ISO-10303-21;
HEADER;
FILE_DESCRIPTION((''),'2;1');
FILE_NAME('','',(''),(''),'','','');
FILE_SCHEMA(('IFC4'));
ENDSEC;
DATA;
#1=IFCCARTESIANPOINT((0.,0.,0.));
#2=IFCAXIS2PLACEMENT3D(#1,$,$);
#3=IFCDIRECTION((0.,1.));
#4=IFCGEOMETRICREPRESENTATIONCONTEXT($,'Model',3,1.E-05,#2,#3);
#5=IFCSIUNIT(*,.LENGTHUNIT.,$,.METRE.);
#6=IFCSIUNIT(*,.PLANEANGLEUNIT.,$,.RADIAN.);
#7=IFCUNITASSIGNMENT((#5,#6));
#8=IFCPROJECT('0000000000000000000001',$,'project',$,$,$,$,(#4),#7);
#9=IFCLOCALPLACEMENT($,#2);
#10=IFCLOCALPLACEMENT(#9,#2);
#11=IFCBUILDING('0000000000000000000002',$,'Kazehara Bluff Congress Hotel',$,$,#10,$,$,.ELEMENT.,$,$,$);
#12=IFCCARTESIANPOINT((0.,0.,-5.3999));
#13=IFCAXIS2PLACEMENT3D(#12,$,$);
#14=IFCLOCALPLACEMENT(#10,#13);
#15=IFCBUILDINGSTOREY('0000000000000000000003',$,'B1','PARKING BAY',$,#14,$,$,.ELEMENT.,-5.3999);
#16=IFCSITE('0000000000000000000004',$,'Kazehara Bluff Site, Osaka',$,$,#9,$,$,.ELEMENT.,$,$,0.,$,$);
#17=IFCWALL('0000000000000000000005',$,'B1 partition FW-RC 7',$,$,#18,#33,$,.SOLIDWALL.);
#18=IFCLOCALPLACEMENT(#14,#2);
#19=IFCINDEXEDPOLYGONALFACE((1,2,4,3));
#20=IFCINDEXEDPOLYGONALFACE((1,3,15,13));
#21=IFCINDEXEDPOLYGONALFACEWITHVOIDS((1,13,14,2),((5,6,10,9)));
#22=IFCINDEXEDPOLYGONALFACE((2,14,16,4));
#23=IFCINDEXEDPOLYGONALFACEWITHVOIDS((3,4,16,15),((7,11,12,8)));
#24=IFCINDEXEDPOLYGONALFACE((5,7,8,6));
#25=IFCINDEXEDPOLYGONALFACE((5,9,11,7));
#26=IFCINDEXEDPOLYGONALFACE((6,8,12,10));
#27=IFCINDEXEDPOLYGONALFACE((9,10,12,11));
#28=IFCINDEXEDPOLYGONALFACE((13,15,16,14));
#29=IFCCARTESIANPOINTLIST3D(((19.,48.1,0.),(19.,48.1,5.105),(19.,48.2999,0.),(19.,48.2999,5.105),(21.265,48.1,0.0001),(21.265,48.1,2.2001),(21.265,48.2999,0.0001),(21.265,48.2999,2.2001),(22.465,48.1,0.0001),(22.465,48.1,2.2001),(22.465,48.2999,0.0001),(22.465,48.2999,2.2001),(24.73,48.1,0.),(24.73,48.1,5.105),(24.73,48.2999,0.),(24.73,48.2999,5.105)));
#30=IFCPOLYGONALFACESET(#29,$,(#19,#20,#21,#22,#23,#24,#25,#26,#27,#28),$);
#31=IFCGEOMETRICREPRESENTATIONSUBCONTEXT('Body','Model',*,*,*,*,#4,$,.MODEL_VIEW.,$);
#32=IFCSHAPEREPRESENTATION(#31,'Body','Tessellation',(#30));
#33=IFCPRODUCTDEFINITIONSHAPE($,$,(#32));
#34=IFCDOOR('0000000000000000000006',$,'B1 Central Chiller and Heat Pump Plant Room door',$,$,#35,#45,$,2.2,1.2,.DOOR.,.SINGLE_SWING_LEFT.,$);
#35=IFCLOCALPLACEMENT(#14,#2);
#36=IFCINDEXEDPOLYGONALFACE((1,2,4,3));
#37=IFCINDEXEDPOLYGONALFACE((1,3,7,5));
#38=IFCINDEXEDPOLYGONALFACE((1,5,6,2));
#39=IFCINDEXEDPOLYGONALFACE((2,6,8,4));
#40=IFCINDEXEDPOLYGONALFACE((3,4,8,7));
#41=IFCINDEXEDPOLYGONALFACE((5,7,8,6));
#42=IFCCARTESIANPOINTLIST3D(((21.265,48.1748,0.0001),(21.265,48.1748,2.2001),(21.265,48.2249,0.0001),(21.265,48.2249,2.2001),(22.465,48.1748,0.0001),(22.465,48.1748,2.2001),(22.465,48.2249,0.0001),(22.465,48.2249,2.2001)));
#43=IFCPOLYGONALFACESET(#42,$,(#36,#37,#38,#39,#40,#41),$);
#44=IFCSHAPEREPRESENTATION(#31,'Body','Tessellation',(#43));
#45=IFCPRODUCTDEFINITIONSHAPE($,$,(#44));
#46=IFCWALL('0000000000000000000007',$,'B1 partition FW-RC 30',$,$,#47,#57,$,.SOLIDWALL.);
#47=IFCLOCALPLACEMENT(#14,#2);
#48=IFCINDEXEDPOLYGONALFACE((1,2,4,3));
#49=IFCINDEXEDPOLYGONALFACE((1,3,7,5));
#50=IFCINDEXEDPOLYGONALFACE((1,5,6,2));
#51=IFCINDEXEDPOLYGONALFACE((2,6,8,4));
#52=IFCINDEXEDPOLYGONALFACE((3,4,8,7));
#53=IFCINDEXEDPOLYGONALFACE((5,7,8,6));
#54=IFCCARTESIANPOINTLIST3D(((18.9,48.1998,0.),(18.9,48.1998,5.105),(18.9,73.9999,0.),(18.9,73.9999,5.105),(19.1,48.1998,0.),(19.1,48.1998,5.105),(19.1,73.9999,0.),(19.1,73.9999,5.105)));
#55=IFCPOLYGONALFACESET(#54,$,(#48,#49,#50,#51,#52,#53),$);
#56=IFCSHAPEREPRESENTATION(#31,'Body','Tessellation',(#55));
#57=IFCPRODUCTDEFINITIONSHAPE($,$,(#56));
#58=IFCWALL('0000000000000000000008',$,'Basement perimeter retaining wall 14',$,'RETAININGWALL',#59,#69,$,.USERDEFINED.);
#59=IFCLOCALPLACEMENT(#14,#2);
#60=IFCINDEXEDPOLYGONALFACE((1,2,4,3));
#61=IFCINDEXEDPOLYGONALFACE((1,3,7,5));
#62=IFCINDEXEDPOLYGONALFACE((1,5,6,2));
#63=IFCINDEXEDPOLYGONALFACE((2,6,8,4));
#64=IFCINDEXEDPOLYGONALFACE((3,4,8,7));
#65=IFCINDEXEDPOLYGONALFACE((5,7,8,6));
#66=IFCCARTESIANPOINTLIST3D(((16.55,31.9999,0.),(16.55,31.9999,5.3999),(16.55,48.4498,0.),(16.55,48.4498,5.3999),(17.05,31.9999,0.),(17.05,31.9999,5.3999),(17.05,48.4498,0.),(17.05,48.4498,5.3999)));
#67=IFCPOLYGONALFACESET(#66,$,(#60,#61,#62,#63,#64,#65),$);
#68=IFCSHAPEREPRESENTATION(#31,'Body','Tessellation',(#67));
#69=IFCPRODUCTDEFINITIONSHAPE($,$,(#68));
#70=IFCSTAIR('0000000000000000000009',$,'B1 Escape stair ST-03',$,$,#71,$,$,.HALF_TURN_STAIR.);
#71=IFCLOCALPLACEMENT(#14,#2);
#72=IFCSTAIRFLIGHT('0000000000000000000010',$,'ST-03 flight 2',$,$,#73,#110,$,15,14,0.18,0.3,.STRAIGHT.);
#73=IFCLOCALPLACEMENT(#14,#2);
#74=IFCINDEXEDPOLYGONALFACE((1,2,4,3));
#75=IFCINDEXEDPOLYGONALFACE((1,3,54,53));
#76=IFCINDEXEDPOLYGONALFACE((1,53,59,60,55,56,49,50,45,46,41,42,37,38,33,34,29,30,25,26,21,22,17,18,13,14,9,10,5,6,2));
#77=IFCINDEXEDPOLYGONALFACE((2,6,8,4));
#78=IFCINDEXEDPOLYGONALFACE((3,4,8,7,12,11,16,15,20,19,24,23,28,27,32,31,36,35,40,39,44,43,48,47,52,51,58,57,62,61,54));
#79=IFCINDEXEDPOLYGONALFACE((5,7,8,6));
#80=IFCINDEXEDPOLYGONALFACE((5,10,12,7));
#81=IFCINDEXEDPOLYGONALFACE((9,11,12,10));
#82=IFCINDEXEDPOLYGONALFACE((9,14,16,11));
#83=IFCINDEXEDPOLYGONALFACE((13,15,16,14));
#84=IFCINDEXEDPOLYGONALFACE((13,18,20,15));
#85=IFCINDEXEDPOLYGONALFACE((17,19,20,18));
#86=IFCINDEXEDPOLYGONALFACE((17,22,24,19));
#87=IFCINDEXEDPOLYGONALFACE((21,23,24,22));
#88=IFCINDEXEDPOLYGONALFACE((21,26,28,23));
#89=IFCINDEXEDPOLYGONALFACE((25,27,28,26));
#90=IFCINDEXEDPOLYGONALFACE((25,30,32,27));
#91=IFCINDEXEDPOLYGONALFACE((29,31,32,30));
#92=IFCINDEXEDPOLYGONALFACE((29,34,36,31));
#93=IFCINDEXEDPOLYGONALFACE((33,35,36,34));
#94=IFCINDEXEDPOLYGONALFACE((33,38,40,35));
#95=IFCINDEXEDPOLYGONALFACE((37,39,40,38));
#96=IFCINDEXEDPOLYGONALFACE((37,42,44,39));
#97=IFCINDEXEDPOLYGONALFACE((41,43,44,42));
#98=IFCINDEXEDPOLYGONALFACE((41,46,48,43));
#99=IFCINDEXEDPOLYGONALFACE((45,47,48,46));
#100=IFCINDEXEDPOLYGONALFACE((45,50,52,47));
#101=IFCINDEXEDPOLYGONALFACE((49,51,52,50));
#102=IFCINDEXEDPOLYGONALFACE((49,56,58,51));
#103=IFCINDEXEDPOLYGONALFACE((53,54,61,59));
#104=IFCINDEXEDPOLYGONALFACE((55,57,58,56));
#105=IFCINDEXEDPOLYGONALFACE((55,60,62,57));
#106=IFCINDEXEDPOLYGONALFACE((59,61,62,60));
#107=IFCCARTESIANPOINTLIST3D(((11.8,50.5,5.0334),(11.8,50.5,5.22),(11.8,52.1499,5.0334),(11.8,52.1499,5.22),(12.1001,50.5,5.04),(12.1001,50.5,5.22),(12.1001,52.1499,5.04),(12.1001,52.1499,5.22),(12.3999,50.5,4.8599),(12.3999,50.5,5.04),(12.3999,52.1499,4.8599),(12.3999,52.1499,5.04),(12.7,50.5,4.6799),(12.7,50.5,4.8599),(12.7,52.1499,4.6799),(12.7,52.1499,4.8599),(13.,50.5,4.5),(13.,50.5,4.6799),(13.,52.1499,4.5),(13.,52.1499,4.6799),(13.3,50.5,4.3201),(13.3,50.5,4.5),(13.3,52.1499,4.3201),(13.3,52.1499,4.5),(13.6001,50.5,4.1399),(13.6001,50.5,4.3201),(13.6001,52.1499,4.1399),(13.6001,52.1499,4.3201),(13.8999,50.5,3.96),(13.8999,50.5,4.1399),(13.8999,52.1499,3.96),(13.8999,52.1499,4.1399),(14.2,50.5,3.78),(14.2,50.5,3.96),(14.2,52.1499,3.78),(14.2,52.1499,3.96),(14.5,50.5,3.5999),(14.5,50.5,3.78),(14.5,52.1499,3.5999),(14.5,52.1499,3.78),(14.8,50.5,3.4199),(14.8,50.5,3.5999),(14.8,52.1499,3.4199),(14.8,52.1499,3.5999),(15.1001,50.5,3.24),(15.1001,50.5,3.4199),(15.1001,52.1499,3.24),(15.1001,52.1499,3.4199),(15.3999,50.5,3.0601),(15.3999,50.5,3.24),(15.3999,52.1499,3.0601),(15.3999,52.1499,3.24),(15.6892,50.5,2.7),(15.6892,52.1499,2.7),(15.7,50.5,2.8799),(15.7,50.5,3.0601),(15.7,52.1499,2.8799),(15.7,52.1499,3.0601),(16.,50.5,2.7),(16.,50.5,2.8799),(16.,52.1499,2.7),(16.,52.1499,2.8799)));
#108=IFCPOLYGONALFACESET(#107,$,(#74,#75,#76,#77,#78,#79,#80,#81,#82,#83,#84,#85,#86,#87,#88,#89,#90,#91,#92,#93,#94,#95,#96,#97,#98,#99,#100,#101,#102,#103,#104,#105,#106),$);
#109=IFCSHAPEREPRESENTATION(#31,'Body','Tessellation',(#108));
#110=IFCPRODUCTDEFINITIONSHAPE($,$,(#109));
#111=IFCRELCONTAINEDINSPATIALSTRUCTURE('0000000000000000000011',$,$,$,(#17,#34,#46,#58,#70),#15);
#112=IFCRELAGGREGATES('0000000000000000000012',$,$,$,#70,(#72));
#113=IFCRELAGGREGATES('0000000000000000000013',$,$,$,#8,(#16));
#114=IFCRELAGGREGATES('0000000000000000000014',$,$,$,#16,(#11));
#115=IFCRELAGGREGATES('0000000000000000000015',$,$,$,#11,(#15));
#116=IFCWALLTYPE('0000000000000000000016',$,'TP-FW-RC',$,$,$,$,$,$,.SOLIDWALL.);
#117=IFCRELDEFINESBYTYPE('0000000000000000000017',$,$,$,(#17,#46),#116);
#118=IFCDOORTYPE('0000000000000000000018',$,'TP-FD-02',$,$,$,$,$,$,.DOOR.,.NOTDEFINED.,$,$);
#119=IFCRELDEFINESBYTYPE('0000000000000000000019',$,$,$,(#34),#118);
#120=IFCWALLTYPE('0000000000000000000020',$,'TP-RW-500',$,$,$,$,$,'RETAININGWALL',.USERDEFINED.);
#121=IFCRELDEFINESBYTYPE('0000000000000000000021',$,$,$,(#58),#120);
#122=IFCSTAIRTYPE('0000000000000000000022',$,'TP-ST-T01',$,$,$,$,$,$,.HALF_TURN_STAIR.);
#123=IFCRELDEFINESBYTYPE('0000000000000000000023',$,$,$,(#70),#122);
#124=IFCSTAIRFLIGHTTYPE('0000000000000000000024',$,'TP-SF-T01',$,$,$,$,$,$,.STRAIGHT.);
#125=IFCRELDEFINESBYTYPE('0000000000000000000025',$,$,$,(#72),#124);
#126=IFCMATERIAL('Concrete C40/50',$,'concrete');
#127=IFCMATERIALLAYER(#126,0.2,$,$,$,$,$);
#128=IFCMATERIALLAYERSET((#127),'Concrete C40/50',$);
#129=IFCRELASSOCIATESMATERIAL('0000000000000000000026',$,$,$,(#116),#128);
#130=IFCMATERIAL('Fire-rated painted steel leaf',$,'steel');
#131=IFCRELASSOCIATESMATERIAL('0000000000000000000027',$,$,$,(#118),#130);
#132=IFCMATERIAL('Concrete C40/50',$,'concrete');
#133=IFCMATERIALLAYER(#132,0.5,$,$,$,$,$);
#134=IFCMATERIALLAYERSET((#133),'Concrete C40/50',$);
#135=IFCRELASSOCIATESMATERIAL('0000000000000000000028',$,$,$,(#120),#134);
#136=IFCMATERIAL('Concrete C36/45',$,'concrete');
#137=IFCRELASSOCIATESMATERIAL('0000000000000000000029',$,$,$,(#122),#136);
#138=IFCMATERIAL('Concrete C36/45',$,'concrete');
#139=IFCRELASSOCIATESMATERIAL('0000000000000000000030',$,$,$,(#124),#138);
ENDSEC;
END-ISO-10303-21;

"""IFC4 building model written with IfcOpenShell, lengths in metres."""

from ifc_helpers import new_model, si_unit, direction, frame, frame_2d, origin, place, context, subcontext, project, spatial, polyline, rectangle, outline, extrude, material, layer, layer_set, type_object, element, fill, aggregate, save


model = new_model("IFC4")

# Units and contexts
model_context = context("Model", 3, precision=1e-05, world=origin(), true_north=direction((0.0, 1.0)))
body_context = subcontext(model_context, "Body", "Model", "MODEL_VIEW")
ifc_project = project(units=[si_unit("LENGTHUNIT", "METRE"), si_unit("PLANEANGLEUNIT", "RADIAN")], contexts=[model_context])

# Site, building, storey
site_placement = place(None, origin())
site = spatial("IfcSite", under=ifc_project, at=site_placement, Name="Kazehara Bluff Site, Osaka", CompositionType="ELEMENT", RefElevation=0.0)
building_placement = place(site_placement, origin())
building = spatial("IfcBuilding", under=site, at=building_placement, Name="Kazehara Bluff Congress Hotel", CompositionType="ELEMENT")
storey_placement = place(building_placement, frame((0.0, 0.0, -5.3999)))
storey = spatial("IfcBuildingStorey", under=building, at=storey_placement, Name="B1", Description="PARKING BAY", CompositionType="ELEMENT", Elevation=-5.3999)

# Wall, opening, door
ifc_material_1 = material(Name="Concrete C40/50", Category="concrete")
ifc_layer_1 = layer(ifc_material_1, 0.2)
ifc_layer_set_1 = layer_set([ifc_layer_1], Name="Concrete C40/50")
wall_type_1 = type_object("IfcWallType", Name="TP-FW-RC", PredefinedType="SOLIDWALL", material=ifc_layer_set_1)
wall_1_placement = place(storey_placement, frame((19.0, 48.2, 0.0), z_axis=(0.0, 0.0, 1.0), x_axis=(1.0, 0.0, 0.0)))
wall_1 = element("IfcWall", 1, at=wall_1_placement, inside=storey, type_object=wall_type_1, Name="B1 partition FW-RC 7", PredefinedType="SOLIDWALL", context=body_context, shape_type="SweptSolid", body=[
    extrude(rectangle(XDim=5.73, YDim=0.2, at=frame_2d((2.865, 0.0))), origin(), (0.0, 0.0, 1.0), 5.105),
])
opening_placement = place(wall_1_placement, frame((2.2649, 0.0, 0.0)))
opening = element("IfcOpeningElement", 2, at=opening_placement, cuts=wall_1, PredefinedType="OPENING", context=body_context, shape_type="SweptSolid", body=[
    extrude(rectangle(XDim=1.2, YDim=2.2, at=frame_2d((0.6001, 1.1001))), frame((0.0, 0.1099, 0.0), z_axis=(0.0, -1.0, 0.0), x_axis=(1.0, 0.0, 0.0)), (0.0, 0.0, 1.0), 0.22),
])
ifc_material_2 = material(Name="Fire-rated painted steel leaf", Category="steel")
door_type = type_object("IfcDoorType", Name="TP-FD-02", OperationType="NOTDEFINED", PredefinedType="DOOR", material=ifc_material_2)
door_placement = place(opening_placement, origin())
door = element("IfcDoor", 3, at=door_placement, inside=storey, type_object=door_type, Name="B1 Central Chiller and Heat Pump Plant Room door", OperationType="SINGLE_SWING_LEFT", OverallHeight=2.2, OverallWidth=1.2, PredefinedType="DOOR", context=body_context, shape_type="SweptSolid", body=[
    extrude(rectangle(XDim=1.2, YDim=2.2, at=frame_2d((0.6001, 1.1001))), frame((0.0, 0.0249, 0.0), z_axis=(0.0, -1.0, 0.0), x_axis=(1.0, 0.0, 0.0)), (0.0, 0.0, 1.0), 0.05),
])
fill(opening, door)

# Walls
wall_2_placement = place(storey_placement, frame((19.0, 48.2, 0.0), z_axis=(0.0, 0.0, 1.0), x_axis=(0.0, 1.0, 0.0)))
element("IfcWall", 4, at=wall_2_placement, inside=storey, type_object=wall_type_1, Name="B1 partition FW-RC 30", PredefinedType="SOLIDWALL", context=body_context, shape_type="SweptSolid", body=[
    extrude(rectangle(XDim=25.8, YDim=0.2, at=frame_2d((12.8999, 0.0))), origin(), (0.0, 0.0, 1.0), 5.105),
])
ifc_material_3 = material(Name="Concrete C40/50", Category="concrete")
ifc_layer_2 = layer(ifc_material_3, 0.5)
ifc_layer_set_2 = layer_set([ifc_layer_2], Name="Concrete C40/50")
wall_type_2 = type_object("IfcWallType", Name="TP-RW-500", ElementType="RETAININGWALL", PredefinedType="USERDEFINED", material=ifc_layer_set_2)
wall_3_placement = place(storey_placement, frame((16.8, 48.45, 0.0), z_axis=(0.0, 0.0, 1.0), x_axis=(0.0, -1.0, 0.0)))
element("IfcWall", 5, at=wall_3_placement, inside=storey, type_object=wall_type_2, Name="Basement perimeter retaining wall 14", ObjectType="RETAININGWALL", PredefinedType="USERDEFINED", context=body_context, shape_type="SweptSolid", body=[
    extrude(rectangle(XDim=16.45, YDim=0.5, at=frame_2d((8.2251, 0.0))), origin(), (0.0, 0.0, 1.0), 5.3999),
])

# Stair, stair flight
ifc_material_4 = material(Name="Concrete C36/45", Category="concrete")
stair_type = type_object("IfcStairType", Name="TP-ST-T01", PredefinedType="HALF_TURN_STAIR", material=ifc_material_4)
stair_placement = place(storey_placement, origin())
stair = element("IfcStair", 6, at=stair_placement, inside=storey, type_object=stair_type, Name="B1 Escape stair ST-03", PredefinedType="HALF_TURN_STAIR")
ifc_material_5 = material(Name="Concrete C36/45", Category="concrete")
stair_flight_type = type_object("IfcStairFlightType", Name="TP-SF-T01", PredefinedType="STRAIGHT", material=ifc_material_5)
stair_flight_placement = place(storey_placement, frame((16.0, 51.325, 2.7), z_axis=(0.0, 0.0, 1.0), x_axis=(-1.0, 0.0, 0.0)))
stair_flight = element("IfcStairFlight", 7, at=stair_flight_placement, type_object=stair_flight_type, Name="ST-03 flight 2", NumberOfRisers=15, NumberOfTreads=14, PredefinedType="STRAIGHT", RiserHeight=0.18, TreadLength=0.3, context=body_context, shape_type="SweptSolid", body=[
    extrude(outline(polyline([(0.0, 0.0), (0.0, 0.1799), (0.3, 0.1799), (0.3, 0.3601), (0.6001, 0.3601), (0.6001, 0.54), (0.8999, 0.54), (0.8999, 0.72), (1.2, 0.72), (1.2, 0.8999), (1.5, 0.8999), (1.5, 1.0801), (1.8, 1.0801), (1.8, 1.26), (2.1001, 1.26), (2.1001, 1.4399), (2.3999, 1.4399), (2.3999, 1.6201), (2.7, 1.6201), (2.7, 1.8), (3.0, 1.8), (3.0, 1.98), (3.3, 1.98), (3.3, 2.1599), (3.6001, 2.1599), (3.6001, 2.3401), (3.8999, 2.3401), (3.8999, 2.52), (4.2, 2.52), (4.2, 2.7), (4.2, 2.3335), (0.3108, 0.0), (0.0, 0.0)])), frame((0.0, 0.825, 0.0), z_axis=(0.0, -1.0, 0.0), x_axis=(1.0, 0.0, 0.0)), (0.0, 0.0, 1.0), 1.6499),
])
aggregate(stair, [stair_flight])

save(model, "model.ifc")
